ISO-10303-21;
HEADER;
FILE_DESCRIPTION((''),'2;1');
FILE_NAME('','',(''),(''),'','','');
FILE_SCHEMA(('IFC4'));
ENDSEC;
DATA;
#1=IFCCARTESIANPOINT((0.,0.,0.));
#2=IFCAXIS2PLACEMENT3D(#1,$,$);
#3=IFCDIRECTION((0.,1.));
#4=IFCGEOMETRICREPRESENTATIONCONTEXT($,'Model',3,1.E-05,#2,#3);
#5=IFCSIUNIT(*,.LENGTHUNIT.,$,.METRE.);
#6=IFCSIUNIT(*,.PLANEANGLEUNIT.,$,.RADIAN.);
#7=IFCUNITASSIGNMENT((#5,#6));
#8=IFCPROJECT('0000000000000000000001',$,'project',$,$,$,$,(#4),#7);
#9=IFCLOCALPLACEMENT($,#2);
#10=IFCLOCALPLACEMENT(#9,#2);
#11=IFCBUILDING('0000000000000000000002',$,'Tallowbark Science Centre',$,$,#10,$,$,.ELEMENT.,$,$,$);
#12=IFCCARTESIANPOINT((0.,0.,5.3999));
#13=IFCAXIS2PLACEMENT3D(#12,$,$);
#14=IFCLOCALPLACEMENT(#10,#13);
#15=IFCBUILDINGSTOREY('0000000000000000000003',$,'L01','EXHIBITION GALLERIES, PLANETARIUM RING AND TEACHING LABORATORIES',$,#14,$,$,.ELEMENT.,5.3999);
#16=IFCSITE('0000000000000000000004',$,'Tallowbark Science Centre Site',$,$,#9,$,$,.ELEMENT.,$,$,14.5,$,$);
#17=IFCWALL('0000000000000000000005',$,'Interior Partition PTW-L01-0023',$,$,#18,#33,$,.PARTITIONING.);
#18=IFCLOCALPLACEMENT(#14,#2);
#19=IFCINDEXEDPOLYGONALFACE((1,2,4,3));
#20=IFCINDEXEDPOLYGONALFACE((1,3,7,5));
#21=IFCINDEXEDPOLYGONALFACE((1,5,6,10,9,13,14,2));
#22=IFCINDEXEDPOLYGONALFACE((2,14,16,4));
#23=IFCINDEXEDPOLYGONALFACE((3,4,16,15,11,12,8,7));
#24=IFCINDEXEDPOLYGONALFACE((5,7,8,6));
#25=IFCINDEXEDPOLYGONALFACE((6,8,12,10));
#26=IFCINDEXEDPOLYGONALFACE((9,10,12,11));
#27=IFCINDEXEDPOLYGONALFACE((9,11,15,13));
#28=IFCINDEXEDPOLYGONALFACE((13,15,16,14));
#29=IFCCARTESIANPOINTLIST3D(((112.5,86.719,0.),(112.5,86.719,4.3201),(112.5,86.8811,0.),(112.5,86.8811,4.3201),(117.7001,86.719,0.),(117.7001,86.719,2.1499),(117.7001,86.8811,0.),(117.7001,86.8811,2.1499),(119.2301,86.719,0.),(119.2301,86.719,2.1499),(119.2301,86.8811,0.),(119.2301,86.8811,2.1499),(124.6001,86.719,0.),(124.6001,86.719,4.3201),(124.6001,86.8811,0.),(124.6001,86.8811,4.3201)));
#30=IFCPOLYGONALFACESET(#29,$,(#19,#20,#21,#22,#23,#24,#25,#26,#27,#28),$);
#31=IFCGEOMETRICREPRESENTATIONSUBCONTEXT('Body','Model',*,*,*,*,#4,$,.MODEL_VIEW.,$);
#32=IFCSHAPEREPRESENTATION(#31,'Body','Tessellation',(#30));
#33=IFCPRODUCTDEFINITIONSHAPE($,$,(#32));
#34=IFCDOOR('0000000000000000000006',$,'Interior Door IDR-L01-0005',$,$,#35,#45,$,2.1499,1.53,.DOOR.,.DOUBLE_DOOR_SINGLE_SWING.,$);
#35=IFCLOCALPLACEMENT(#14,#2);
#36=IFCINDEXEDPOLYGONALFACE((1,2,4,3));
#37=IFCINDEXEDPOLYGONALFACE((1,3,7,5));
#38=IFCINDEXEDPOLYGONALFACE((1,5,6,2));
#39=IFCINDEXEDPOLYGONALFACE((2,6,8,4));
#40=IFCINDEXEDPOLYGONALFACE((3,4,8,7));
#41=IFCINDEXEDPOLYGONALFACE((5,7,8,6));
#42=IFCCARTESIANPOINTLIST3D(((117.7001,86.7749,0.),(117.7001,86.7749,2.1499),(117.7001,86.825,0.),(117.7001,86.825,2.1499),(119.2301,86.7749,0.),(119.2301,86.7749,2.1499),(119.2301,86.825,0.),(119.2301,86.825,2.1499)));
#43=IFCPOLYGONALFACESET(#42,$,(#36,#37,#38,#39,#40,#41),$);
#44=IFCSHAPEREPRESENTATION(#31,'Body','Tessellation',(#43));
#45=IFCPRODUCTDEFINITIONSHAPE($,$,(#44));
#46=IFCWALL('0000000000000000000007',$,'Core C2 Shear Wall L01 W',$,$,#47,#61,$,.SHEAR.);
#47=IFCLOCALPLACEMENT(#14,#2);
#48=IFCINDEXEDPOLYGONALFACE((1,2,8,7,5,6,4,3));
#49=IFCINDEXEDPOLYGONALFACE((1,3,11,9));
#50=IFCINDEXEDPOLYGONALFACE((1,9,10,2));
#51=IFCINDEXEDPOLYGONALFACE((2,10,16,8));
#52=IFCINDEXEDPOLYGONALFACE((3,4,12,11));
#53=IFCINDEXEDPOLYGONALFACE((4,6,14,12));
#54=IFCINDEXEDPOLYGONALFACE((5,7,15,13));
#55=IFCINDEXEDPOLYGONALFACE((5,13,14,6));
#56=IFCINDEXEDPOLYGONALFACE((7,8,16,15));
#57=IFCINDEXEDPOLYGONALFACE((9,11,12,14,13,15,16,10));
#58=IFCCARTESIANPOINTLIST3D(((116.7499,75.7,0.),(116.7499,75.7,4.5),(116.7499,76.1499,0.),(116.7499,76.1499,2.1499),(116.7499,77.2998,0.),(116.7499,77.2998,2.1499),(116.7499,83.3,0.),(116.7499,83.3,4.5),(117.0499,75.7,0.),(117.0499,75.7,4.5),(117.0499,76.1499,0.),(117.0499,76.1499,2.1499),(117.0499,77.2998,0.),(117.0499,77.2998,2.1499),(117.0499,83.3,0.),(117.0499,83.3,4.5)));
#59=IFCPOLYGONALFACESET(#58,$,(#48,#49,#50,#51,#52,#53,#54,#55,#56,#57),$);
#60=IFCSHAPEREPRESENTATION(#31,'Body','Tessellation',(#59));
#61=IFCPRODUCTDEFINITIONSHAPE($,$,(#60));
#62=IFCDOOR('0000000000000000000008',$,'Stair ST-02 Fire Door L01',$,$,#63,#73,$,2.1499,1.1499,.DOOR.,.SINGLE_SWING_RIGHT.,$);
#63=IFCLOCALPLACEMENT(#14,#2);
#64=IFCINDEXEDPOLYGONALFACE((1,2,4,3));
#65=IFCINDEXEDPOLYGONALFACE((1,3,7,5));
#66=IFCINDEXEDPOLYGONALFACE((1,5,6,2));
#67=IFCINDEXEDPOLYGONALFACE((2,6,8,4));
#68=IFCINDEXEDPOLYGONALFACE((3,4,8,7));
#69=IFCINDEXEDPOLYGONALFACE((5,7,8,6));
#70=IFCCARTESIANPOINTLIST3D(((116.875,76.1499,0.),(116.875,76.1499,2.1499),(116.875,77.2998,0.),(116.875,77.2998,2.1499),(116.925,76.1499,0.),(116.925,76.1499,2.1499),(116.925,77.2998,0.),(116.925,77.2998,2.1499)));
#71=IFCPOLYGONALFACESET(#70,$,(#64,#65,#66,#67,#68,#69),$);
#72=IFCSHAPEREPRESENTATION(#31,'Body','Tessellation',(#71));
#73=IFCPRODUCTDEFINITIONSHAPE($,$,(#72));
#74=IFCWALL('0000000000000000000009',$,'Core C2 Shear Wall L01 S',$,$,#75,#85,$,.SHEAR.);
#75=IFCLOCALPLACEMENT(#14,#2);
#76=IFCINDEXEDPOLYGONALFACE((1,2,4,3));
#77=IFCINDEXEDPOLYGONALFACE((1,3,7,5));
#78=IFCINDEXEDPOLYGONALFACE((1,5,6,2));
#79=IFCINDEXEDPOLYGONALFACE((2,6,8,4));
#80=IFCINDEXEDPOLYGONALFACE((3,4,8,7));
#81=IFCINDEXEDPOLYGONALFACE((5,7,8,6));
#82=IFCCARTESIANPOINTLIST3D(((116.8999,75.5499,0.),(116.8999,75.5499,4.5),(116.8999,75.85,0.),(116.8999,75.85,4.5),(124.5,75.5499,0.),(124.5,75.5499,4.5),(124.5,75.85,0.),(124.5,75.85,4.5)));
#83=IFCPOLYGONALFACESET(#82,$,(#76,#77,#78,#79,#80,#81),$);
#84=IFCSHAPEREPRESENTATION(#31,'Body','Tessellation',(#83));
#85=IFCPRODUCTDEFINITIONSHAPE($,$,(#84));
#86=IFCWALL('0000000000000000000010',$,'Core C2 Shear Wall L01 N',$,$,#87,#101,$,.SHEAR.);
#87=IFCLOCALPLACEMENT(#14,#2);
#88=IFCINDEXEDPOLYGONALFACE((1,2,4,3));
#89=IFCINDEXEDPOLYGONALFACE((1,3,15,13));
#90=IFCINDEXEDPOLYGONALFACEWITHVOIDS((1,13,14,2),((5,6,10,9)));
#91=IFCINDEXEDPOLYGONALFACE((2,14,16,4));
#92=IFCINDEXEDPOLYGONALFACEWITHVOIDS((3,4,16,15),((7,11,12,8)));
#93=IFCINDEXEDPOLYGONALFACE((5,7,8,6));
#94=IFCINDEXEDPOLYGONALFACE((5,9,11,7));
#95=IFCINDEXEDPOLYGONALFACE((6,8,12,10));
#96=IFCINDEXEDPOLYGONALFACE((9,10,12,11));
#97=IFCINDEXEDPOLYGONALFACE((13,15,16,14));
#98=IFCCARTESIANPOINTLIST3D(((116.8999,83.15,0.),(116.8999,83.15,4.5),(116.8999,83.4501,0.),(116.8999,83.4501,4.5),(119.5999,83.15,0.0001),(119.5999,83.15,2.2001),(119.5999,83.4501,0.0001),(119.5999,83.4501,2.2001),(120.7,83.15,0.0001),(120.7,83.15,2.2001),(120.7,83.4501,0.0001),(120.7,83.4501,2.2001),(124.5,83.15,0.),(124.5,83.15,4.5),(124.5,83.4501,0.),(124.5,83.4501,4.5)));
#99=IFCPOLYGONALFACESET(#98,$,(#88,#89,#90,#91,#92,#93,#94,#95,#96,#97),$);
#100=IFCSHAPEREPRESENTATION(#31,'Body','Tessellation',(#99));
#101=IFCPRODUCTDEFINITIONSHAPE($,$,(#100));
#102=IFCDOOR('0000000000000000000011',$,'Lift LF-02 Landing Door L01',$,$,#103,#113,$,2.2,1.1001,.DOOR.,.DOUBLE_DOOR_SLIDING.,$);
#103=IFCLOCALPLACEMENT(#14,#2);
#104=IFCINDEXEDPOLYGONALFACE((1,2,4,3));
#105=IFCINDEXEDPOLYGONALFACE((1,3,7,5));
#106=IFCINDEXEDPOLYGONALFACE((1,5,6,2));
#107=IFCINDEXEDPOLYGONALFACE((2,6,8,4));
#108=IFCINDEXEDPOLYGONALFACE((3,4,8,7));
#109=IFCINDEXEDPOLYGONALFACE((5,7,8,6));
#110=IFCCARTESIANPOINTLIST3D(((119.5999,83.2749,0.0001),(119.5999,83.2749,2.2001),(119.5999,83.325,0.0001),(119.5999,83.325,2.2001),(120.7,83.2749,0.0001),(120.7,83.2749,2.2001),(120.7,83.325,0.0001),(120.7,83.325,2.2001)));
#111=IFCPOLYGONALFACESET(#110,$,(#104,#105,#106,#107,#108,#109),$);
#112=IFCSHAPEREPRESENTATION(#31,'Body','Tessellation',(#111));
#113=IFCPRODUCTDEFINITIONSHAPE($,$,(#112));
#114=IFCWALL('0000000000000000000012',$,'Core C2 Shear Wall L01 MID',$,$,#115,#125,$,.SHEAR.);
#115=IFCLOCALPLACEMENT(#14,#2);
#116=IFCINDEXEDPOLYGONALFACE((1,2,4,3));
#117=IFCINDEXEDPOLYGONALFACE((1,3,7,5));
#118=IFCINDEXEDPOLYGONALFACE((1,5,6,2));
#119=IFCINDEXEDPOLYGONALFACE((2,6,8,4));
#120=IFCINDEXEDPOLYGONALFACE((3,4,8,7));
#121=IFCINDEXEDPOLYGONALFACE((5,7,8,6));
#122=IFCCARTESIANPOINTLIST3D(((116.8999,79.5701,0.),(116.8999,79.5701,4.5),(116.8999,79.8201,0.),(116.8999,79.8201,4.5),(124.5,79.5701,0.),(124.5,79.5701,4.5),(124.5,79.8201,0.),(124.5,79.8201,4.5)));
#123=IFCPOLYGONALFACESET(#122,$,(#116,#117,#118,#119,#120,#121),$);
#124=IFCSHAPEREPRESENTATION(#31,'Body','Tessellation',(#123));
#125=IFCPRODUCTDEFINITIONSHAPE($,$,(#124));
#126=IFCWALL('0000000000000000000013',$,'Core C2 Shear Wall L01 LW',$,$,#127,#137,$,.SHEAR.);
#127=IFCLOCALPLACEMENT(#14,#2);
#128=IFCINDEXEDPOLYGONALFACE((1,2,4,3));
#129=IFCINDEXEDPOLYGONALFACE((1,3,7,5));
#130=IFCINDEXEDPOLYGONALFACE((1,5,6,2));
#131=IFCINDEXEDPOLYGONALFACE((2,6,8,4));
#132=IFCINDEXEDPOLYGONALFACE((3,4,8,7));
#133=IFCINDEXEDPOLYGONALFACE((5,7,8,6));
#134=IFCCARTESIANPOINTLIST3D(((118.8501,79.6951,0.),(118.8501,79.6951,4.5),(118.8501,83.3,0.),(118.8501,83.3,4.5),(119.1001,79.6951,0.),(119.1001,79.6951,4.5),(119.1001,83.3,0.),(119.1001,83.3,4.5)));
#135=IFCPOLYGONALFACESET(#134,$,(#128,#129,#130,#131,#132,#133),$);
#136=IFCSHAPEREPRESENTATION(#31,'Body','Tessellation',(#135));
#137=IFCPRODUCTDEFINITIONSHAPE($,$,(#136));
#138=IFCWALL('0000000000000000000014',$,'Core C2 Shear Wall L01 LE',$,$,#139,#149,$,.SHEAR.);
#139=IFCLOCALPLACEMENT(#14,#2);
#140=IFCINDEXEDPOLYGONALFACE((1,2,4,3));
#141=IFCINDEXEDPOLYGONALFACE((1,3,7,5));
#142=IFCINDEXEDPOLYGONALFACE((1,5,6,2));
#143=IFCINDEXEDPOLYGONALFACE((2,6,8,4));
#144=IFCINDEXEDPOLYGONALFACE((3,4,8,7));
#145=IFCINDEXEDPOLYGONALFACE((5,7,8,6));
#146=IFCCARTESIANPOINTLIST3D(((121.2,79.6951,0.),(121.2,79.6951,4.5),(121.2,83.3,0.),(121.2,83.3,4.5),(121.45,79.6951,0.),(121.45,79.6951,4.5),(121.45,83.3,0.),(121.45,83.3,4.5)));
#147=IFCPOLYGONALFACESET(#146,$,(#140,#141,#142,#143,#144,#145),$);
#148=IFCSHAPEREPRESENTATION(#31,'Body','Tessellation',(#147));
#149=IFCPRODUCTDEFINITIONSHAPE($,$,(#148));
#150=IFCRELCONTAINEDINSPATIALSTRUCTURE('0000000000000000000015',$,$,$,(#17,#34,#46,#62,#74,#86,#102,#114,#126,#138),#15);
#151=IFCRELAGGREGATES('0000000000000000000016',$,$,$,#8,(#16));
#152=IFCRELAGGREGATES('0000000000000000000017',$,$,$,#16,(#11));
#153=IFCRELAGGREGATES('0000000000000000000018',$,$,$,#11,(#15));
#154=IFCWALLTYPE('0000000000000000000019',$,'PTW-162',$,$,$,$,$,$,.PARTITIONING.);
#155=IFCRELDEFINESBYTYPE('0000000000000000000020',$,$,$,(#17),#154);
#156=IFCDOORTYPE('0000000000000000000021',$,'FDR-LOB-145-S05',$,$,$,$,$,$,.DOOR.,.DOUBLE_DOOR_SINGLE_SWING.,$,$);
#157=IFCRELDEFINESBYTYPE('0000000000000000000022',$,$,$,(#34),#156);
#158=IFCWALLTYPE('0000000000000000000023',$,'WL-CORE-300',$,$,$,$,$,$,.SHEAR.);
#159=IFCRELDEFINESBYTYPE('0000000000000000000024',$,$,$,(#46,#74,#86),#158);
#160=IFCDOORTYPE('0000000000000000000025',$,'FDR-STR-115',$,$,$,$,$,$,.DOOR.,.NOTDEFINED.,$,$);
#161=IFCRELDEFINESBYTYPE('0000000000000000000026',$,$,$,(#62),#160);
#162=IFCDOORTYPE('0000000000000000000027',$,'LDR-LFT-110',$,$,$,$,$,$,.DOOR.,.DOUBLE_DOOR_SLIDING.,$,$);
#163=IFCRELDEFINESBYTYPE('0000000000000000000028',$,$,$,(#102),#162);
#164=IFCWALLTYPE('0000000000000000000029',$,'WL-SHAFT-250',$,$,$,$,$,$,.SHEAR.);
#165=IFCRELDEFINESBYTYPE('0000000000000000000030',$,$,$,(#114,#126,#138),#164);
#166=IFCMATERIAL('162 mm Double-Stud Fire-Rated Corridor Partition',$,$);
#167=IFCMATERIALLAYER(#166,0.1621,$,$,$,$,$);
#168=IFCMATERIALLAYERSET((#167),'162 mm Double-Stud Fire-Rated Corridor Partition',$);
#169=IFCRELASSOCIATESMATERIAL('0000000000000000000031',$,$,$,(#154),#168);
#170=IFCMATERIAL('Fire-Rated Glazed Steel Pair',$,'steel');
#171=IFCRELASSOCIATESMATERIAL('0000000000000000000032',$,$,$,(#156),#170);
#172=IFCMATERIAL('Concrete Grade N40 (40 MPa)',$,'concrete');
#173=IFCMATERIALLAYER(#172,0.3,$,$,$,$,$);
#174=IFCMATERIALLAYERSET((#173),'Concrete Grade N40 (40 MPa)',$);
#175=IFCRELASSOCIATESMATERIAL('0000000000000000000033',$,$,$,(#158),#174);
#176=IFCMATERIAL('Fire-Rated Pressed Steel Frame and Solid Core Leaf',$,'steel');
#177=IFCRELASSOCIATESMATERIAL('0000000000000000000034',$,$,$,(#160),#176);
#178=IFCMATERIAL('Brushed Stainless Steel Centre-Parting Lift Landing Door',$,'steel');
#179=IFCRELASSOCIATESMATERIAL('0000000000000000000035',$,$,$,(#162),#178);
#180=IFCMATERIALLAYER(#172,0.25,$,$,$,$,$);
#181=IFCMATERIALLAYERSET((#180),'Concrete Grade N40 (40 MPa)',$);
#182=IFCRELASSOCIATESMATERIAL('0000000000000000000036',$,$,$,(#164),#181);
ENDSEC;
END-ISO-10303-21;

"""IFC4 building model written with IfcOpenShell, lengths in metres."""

from ifc_helpers import new_model, si_unit, direction, frame, frame_2d, origin, place, context, subcontext, project, spatial, rectangle, extrude, material, layer, layer_set, type_object, element, fill, save


model = new_model("IFC4")

# Units and contexts
model_context = context("Model", 3, precision=1e-05, world=origin(), true_north=direction((0.0, 1.0)))
body_context = subcontext(model_context, "Body", "Model", "MODEL_VIEW")
ifc_project = project(units=[si_unit("LENGTHUNIT", "METRE"), si_unit("PLANEANGLEUNIT", "RADIAN")], contexts=[model_context])

# Site, building, storey
site_placement = place(None, origin())
site = spatial("IfcSite", under=ifc_project, at=site_placement, Name="Tallowbark Science Centre Site", CompositionType="ELEMENT", RefElevation=14.5)
building_placement = place(site_placement, origin())
building = spatial("IfcBuilding", under=site, at=building_placement, Name="Tallowbark Science Centre", CompositionType="ELEMENT")
storey_placement = place(building_placement, frame((0.0, 0.0, 5.3999)))
storey = spatial("IfcBuildingStorey", under=building, at=storey_placement, Name="L01", Description="EXHIBITION GALLERIES, PLANETARIUM RING AND TEACHING LABORATORIES", CompositionType="ELEMENT", Elevation=5.3999)

# Shared definitions
ifc_material_1 = material(Name="Concrete Grade N40 (40 MPa)", Category="concrete")

# Walls, openings, doors
ifc_material_2 = material(Name="162 mm Double-Stud Fire-Rated Corridor Partition")
ifc_layer_1 = layer(ifc_material_2, 0.1621)
ifc_layer_set_1 = layer_set([ifc_layer_1], Name="162 mm Double-Stud Fire-Rated Corridor Partition")
wall_type_1 = type_object("IfcWallType", Name="PTW-162", PredefinedType="PARTITIONING", material=ifc_layer_set_1)
wall_1_placement = place(storey_placement, frame((112.5, 86.8, 0.0), z_axis=(0.0, 0.0, 1.0), x_axis=(1.0, 0.0, 0.0)))
wall_1 = element("IfcWall", 1, at=wall_1_placement, inside=storey, type_object=wall_type_1, Name="Interior Partition PTW-L01-0023", PredefinedType="PARTITIONING", context=body_context, shape_type="SweptSolid", body=[
    extrude(rectangle(XDim=12.1001, YDim=0.1621, at=frame_2d((6.05, 0.0))), origin(), (0.0, 0.0, 1.0), 4.3201),
])
opening_1_placement = place(wall_1_placement, frame((5.2, 0.0, 0.0)))
opening_1 = element("IfcOpeningElement", 2, at=opening_1_placement, cuts=wall_1, PredefinedType="OPENING", context=body_context, shape_type="SweptSolid", body=[
    extrude(rectangle(XDim=1.53, YDim=2.1499, at=frame_2d((0.7651, 1.075))), frame((0.0, 0.0911, 0.0), z_axis=(0.0, -1.0, 0.0), x_axis=(1.0, 0.0, 0.0)), (0.0, 0.0, 1.0), 0.1821),
])
ifc_material_3 = material(Name="Fire-Rated Glazed Steel Pair", Category="steel")
door_type_1 = type_object("IfcDoorType", Name="FDR-LOB-145-S05", OperationType="DOUBLE_DOOR_SINGLE_SWING", PredefinedType="DOOR", material=ifc_material_3)
door_1_placement = place(opening_1_placement, origin())
door_1 = element("IfcDoor", 3, at=door_1_placement, inside=storey, type_object=door_type_1, Name="Interior Door IDR-L01-0005", OperationType="DOUBLE_DOOR_SINGLE_SWING", OverallHeight=2.1499, OverallWidth=1.53, PredefinedType="DOOR", context=body_context, shape_type="SweptSolid", body=[
    extrude(rectangle(XDim=1.53, YDim=2.1499, at=frame_2d((0.7651, 1.075))), frame((0.0, 0.0249, 0.0), z_axis=(0.0, -1.0, 0.0), x_axis=(1.0, 0.0, 0.0)), (0.0, 0.0, 1.0), 0.05),
])
fill(opening_1, door_1)
ifc_layer_2 = layer(ifc_material_1, 0.3)
ifc_layer_set_2 = layer_set([ifc_layer_2], Name="Concrete Grade N40 (40 MPa)")
wall_type_2 = type_object("IfcWallType", Name="WL-CORE-300", PredefinedType="SHEAR", material=ifc_layer_set_2)
wall_2_placement = place(storey_placement, frame((116.8999, 75.7, 0.0), z_axis=(0.0, 0.0, 1.0), x_axis=(0.0, 1.0, 0.0)))
wall_2 = element("IfcWall", 4, at=wall_2_placement, inside=storey, type_object=wall_type_2, Name="Core C2 Shear Wall L01 W", PredefinedType="SHEAR", context=body_context, shape_type="SweptSolid", body=[
    extrude(rectangle(XDim=7.6001, YDim=0.3, at=frame_2d((3.8, 0.0))), origin(), (0.0, 0.0, 1.0), 4.5),
])
opening_2_placement = place(wall_2_placement, frame((0.45, 0.0, 0.0)))
opening_2 = element("IfcOpeningElement", 5, at=opening_2_placement, cuts=wall_2, PredefinedType="OPENING", context=body_context, shape_type="SweptSolid", body=[
    extrude(rectangle(XDim=1.1499, YDim=2.1499, at=frame_2d((0.575, 1.075))), frame((0.0, 0.1602, 0.0), z_axis=(0.0, -1.0, 0.0), x_axis=(1.0, 0.0, 0.0)), (0.0, 0.0, 1.0), 0.3201),
])
ifc_material_4 = material(Name="Fire-Rated Pressed Steel Frame and Solid Core Leaf", Category="steel")
door_type_2 = type_object("IfcDoorType", Name="FDR-STR-115", OperationType="NOTDEFINED", PredefinedType="DOOR", material=ifc_material_4)
door_2_placement = place(opening_2_placement, origin())
door_2 = element("IfcDoor", 6, at=door_2_placement, inside=storey, type_object=door_type_2, Name="Stair ST-02 Fire Door L01", OperationType="SINGLE_SWING_RIGHT", OverallHeight=2.1499, OverallWidth=1.1499, PredefinedType="DOOR", context=body_context, shape_type="SweptSolid", body=[
    extrude(rectangle(XDim=1.1499, YDim=2.1499, at=frame_2d((0.575, 1.075))), frame((0.0, 0.0249, 0.0), z_axis=(0.0, -1.0, 0.0), x_axis=(1.0, 0.0, 0.0)), (0.0, 0.0, 1.0), 0.05),
])
fill(opening_2, door_2)

# Wall
wall_3_placement = place(storey_placement, frame((116.8999, 75.7, 0.0), z_axis=(0.0, 0.0, 1.0), x_axis=(1.0, 0.0, 0.0)))
element("IfcWall", 7, at=wall_3_placement, inside=storey, type_object=wall_type_2, Name="Core C2 Shear Wall L01 S", PredefinedType="SHEAR", context=body_context, shape_type="SweptSolid", body=[
    extrude(rectangle(XDim=7.6001, YDim=0.3, at=frame_2d((3.8, 0.0))), origin(), (0.0, 0.0, 1.0), 4.5),
])

# Wall, opening, door
wall_4_placement = place(storey_placement, frame((116.8999, 83.3, 0.0), z_axis=(0.0, 0.0, 1.0), x_axis=(1.0, 0.0, 0.0)))
wall_4 = element("IfcWall", 8, at=wall_4_placement, inside=storey, type_object=wall_type_2, Name="Core C2 Shear Wall L01 N", PredefinedType="SHEAR", context=body_context, shape_type="SweptSolid", body=[
    extrude(rectangle(XDim=7.6001, YDim=0.3, at=frame_2d((3.8, 0.0))), origin(), (0.0, 0.0, 1.0), 4.5),
])
opening_3_placement = place(wall_4_placement, frame((2.7, 0.0, 0.0)))
opening_3 = element("IfcOpeningElement", 9, at=opening_3_placement, cuts=wall_4, PredefinedType="OPENING", context=body_context, shape_type="SweptSolid", body=[
    extrude(rectangle(XDim=1.1001, YDim=2.2, at=frame_2d((0.55, 1.1001))), frame((0.0, 0.1602, 0.0), z_axis=(0.0, -1.0, 0.0), x_axis=(1.0, 0.0, 0.0)), (0.0, 0.0, 1.0), 0.3201),
])
ifc_material_5 = material(Name="Brushed Stainless Steel Centre-Parting Lift Landing Door", Category="steel")
door_type_3 = type_object("IfcDoorType", Name="LDR-LFT-110", OperationType="DOUBLE_DOOR_SLIDING", PredefinedType="DOOR", material=ifc_material_5)
door_3_placement = place(opening_3_placement, origin())
door_3 = element("IfcDoor", 10, at=door_3_placement, inside=storey, type_object=door_type_3, Name="Lift LF-02 Landing Door L01", OperationType="DOUBLE_DOOR_SLIDING", OverallHeight=2.2, OverallWidth=1.1001, PredefinedType="DOOR", context=body_context, shape_type="SweptSolid", body=[
    extrude(rectangle(XDim=1.1001, YDim=2.2, at=frame_2d((0.55, 1.1001))), frame((0.0, 0.0249, 0.0), z_axis=(0.0, -1.0, 0.0), x_axis=(1.0, 0.0, 0.0)), (0.0, 0.0, 1.0), 0.05),
])
fill(opening_3, door_3)

# Walls
ifc_layer_3 = layer(ifc_material_1, 0.25)
ifc_layer_set_3 = layer_set([ifc_layer_3], Name="Concrete Grade N40 (40 MPa)")
wall_type_3 = type_object("IfcWallType", Name="WL-SHAFT-250", PredefinedType="SHEAR", material=ifc_layer_set_3)
wall_5_placement = place(storey_placement, frame((116.8999, 79.6951, 0.0), z_axis=(0.0, 0.0, 1.0), x_axis=(1.0, 0.0, 0.0)))
element("IfcWall", 11, at=wall_5_placement, inside=storey, type_object=wall_type_3, Name="Core C2 Shear Wall L01 MID", PredefinedType="SHEAR", context=body_context, shape_type="SweptSolid", body=[
    extrude(rectangle(XDim=7.6001, YDim=0.25, at=frame_2d((3.8, 0.0))), origin(), (0.0, 0.0, 1.0), 4.5),
])
for number, where, z_axis, x_axis, name in (
    (12, (118.9751, 79.6951, 0.0), (0.0, 0.0, 1.0), (0.0, 1.0, 0.0), "Core C2 Shear Wall L01 LW"),
    (13, (121.325, 79.6951, 0.0), (0.0, 0.0, 1.0), (0.0, 1.0, 0.0), "Core C2 Shear Wall L01 LE"),
):
    element("IfcWall", number, at=place(storey_placement, frame(where, z_axis=z_axis, x_axis=x_axis)), inside=storey, type_object=wall_type_3, Name=name, PredefinedType="SHEAR", context=body_context, shape_type="SweptSolid", body=[
        extrude(rectangle(XDim=3.605, YDim=0.25, at=frame_2d((1.8025, 0.0))), origin(), (0.0, 0.0, 1.0), 4.5),
    ])

save(model, "model.ifc")
